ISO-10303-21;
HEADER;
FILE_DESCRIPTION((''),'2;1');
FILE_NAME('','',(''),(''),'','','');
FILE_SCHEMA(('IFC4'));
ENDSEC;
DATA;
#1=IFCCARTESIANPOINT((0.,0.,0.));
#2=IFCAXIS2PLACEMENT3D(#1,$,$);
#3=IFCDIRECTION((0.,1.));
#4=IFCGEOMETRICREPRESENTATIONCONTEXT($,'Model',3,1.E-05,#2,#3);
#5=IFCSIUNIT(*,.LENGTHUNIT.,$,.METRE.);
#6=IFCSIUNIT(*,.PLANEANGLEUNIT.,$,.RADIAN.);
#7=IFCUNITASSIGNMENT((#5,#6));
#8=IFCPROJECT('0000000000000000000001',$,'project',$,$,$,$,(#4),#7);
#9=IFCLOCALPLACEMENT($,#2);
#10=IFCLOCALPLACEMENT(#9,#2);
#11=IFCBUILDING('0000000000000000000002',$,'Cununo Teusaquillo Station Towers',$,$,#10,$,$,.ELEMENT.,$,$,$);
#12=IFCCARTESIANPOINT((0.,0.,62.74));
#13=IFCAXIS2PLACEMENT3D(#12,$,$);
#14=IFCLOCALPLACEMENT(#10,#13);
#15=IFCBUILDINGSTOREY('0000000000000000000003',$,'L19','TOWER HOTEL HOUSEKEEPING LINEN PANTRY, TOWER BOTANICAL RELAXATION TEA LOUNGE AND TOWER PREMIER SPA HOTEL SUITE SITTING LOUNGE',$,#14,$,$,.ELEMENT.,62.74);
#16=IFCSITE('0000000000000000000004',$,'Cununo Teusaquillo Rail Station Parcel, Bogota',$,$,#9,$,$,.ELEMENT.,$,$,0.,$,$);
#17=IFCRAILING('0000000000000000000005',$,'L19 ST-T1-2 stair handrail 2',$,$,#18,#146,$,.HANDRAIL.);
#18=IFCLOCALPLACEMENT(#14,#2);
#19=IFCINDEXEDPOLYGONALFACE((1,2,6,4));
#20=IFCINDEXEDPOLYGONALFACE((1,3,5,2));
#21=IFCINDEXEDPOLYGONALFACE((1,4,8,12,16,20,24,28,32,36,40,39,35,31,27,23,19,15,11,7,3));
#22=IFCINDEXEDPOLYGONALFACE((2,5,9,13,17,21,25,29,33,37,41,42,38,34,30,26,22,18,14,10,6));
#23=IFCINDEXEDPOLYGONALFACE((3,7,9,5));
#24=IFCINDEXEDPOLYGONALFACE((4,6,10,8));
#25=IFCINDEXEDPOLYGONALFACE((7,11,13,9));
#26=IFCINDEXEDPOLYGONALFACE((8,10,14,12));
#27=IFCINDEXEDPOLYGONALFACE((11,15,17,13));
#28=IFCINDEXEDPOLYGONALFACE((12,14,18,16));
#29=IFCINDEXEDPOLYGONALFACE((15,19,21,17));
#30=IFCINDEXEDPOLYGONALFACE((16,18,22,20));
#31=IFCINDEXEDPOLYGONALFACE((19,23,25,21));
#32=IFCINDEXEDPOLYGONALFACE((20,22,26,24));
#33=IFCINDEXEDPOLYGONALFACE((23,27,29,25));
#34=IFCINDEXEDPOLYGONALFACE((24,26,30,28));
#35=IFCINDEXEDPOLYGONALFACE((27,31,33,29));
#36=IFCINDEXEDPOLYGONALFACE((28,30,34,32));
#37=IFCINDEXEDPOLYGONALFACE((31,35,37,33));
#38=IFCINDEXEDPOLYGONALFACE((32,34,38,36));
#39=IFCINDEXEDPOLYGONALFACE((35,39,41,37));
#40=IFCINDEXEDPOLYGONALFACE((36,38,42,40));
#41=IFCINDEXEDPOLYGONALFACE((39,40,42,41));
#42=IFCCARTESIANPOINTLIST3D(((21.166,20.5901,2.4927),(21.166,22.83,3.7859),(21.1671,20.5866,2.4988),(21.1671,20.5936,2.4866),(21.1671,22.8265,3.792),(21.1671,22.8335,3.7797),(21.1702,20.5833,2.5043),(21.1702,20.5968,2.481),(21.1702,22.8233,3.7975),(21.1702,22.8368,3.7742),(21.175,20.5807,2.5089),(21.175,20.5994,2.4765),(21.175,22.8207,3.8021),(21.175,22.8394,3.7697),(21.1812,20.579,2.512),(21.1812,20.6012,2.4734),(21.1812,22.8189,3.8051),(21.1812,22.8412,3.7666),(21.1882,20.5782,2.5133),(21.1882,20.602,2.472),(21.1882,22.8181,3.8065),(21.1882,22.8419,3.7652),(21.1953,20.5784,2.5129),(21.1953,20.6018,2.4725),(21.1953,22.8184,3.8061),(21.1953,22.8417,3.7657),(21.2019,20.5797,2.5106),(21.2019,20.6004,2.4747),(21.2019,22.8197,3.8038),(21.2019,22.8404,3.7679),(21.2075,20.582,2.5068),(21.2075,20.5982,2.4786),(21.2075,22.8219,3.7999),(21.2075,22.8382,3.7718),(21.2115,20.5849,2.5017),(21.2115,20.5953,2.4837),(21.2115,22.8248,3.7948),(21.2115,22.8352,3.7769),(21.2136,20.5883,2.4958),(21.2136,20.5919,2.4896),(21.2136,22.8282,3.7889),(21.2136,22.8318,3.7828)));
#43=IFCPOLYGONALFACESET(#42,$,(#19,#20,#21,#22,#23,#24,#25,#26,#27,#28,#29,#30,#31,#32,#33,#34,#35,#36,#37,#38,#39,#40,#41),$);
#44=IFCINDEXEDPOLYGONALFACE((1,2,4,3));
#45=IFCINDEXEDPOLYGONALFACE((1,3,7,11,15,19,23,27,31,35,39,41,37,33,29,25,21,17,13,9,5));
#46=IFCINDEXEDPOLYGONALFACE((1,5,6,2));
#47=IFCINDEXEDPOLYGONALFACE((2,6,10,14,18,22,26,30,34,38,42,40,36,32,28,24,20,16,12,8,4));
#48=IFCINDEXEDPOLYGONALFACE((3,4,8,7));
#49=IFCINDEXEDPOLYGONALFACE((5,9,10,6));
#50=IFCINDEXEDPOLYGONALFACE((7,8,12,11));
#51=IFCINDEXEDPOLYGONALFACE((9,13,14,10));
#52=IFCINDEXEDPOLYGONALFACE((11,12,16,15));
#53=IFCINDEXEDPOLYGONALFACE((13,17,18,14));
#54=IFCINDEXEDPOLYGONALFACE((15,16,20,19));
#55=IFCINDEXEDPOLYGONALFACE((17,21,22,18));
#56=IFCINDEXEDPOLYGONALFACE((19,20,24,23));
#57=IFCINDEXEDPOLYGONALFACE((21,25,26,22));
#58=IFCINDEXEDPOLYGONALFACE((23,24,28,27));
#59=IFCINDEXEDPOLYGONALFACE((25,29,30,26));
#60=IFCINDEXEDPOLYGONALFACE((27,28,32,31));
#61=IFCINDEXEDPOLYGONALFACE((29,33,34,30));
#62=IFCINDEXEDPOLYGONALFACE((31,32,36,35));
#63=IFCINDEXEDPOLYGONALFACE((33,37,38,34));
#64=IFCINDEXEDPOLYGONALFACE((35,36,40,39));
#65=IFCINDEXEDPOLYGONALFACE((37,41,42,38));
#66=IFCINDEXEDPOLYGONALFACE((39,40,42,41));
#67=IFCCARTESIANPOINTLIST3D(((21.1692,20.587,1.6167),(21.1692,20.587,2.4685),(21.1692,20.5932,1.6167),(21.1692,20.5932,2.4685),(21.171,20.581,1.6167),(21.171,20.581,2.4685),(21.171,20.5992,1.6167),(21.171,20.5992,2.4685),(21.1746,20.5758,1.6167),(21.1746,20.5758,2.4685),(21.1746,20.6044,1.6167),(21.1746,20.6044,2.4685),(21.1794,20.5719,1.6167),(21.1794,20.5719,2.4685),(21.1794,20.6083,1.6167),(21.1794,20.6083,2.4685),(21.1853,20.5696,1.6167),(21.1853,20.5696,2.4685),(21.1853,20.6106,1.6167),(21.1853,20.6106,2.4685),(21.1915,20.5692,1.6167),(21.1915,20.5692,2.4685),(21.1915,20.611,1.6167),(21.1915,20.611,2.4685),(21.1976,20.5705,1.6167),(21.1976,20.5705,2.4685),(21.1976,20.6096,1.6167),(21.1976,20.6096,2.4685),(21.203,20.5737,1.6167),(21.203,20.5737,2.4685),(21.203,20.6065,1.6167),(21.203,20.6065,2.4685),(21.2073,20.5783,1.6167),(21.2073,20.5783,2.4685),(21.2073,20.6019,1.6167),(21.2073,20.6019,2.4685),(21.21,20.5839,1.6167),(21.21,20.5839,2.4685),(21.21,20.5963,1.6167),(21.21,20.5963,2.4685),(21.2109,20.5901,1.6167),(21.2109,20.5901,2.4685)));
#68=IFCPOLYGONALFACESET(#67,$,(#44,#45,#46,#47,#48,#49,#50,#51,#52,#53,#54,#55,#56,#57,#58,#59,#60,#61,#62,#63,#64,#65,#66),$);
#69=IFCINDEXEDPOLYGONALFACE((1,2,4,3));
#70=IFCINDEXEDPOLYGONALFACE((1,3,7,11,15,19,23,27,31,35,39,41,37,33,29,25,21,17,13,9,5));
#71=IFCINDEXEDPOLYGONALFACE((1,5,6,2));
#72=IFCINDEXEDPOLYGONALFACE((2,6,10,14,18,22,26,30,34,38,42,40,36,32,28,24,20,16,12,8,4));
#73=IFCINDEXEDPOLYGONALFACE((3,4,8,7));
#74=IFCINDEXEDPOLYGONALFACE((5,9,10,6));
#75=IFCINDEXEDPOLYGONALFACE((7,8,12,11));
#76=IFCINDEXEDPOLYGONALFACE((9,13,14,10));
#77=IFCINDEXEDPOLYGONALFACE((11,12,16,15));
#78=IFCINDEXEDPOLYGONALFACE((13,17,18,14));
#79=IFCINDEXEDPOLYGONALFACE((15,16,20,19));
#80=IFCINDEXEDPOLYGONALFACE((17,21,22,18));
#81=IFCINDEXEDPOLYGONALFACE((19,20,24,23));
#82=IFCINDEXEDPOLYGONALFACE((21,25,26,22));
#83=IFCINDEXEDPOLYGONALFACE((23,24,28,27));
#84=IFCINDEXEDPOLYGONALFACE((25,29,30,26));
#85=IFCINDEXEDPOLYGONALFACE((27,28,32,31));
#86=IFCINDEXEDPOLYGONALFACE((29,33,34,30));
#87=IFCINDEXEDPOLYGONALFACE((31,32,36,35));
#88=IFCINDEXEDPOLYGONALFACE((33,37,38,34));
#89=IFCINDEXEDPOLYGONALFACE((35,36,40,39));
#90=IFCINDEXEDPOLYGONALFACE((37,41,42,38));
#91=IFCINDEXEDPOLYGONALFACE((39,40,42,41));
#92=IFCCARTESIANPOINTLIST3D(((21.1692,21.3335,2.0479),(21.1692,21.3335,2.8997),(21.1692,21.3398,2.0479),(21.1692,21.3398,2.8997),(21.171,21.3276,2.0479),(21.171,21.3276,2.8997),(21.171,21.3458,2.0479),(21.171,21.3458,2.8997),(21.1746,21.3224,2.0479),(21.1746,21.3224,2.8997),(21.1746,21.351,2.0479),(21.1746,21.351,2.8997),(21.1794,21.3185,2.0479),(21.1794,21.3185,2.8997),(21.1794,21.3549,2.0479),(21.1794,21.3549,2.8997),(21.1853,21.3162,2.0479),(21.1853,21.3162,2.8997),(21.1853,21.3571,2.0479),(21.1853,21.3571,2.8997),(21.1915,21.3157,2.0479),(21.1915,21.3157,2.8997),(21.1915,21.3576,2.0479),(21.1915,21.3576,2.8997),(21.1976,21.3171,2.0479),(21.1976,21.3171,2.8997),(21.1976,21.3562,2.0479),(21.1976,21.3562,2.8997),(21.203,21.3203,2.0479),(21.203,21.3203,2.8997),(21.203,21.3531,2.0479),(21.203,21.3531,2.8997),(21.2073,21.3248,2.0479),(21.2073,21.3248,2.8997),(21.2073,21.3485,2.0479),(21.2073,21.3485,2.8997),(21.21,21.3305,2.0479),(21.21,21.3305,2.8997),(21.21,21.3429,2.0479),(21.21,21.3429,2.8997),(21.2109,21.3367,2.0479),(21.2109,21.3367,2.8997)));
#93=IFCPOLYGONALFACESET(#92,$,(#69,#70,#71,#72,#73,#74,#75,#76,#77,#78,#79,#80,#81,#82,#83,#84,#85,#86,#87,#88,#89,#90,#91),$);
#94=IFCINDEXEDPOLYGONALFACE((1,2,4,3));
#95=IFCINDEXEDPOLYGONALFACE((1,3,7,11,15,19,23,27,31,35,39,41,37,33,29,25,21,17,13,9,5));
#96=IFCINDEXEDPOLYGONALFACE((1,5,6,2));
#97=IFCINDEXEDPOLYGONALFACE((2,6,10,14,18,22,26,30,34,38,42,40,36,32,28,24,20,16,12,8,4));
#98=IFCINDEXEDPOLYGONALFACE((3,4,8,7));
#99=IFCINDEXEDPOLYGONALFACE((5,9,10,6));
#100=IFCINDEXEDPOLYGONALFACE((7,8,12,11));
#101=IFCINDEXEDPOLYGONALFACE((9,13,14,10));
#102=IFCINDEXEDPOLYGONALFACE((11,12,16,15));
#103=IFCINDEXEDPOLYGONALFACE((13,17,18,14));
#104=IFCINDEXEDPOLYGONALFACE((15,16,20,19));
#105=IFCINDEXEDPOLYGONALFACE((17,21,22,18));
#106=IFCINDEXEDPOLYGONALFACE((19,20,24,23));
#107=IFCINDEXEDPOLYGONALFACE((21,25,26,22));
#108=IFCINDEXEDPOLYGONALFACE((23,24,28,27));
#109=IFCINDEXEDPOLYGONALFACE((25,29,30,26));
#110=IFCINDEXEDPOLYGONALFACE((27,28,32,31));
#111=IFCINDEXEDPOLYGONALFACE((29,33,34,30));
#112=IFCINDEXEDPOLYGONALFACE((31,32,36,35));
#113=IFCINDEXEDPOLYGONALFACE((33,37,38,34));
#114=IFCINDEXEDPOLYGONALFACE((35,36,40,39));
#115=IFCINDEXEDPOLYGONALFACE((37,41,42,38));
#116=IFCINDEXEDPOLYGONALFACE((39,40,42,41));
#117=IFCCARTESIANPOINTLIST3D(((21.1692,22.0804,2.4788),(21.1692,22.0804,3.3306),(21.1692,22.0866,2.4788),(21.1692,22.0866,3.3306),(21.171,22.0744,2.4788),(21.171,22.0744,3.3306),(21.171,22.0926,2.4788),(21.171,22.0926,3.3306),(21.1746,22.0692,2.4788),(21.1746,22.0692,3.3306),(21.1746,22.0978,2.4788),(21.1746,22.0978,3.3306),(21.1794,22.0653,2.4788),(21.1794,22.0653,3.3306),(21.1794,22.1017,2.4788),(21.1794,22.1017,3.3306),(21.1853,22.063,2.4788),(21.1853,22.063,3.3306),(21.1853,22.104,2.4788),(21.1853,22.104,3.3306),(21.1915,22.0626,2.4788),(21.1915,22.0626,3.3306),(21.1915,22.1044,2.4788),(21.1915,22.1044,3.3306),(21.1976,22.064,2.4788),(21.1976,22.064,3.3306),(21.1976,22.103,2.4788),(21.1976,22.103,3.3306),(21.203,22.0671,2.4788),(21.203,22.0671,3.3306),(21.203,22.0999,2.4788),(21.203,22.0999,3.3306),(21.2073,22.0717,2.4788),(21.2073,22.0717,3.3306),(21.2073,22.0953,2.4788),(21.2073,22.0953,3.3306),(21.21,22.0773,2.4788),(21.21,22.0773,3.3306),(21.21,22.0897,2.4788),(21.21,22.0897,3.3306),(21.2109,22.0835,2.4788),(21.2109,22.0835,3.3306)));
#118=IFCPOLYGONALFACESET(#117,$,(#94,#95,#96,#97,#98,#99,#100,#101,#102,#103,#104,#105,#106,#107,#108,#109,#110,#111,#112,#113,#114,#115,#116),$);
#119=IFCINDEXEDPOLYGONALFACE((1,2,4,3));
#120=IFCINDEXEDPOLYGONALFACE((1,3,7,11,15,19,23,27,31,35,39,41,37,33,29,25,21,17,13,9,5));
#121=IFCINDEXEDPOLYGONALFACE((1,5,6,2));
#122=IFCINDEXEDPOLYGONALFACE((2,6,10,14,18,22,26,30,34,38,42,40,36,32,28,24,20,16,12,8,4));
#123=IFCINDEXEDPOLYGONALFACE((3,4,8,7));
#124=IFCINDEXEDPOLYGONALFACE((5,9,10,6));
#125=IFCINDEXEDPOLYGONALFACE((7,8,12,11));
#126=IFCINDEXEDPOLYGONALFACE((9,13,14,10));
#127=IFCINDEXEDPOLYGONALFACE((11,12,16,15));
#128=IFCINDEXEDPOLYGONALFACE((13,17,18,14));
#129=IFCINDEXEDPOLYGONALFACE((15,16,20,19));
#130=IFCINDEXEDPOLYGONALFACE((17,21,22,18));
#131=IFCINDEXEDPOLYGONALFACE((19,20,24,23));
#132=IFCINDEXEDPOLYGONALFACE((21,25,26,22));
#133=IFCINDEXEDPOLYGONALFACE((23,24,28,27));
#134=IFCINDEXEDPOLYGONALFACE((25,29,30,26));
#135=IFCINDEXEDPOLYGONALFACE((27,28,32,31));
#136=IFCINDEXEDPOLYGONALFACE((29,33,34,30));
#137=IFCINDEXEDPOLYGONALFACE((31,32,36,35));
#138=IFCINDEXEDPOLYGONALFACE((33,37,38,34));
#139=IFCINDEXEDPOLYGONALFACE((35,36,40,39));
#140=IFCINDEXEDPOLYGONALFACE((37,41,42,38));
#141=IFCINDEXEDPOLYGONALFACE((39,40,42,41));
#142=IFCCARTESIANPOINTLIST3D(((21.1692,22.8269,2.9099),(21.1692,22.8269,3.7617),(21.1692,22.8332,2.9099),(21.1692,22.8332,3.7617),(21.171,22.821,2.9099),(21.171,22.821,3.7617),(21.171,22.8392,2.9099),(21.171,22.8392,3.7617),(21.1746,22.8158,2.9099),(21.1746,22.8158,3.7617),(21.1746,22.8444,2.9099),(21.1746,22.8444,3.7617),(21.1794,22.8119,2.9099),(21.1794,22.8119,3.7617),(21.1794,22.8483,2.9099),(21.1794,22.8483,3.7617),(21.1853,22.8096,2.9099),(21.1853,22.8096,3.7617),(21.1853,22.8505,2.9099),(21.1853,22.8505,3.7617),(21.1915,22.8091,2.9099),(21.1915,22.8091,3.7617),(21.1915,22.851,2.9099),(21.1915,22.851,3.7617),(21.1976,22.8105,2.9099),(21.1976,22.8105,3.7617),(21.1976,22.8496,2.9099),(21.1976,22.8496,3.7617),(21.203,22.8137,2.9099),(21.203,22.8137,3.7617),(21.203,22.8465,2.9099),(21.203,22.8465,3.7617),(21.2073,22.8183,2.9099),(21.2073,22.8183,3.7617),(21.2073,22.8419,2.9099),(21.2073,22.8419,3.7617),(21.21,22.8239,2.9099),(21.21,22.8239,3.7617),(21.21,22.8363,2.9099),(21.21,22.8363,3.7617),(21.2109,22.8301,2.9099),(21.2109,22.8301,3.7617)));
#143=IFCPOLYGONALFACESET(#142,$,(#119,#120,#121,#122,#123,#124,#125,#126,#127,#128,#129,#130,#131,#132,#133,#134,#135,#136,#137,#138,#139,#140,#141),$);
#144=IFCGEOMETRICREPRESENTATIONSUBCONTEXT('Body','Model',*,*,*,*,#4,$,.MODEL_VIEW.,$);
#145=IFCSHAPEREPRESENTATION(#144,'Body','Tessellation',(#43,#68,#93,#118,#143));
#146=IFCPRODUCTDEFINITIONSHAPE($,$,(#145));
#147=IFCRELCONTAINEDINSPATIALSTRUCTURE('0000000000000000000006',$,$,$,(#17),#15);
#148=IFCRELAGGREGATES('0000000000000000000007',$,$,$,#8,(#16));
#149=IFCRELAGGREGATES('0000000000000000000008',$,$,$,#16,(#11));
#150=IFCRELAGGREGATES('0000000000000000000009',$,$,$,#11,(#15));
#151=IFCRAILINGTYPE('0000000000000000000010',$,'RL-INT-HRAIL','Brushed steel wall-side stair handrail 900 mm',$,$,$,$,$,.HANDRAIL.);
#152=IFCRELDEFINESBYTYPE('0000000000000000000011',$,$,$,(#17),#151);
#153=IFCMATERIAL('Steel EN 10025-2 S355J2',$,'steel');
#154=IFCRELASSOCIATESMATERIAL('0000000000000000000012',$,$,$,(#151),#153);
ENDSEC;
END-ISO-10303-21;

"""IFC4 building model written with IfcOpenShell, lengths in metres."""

from ifc_helpers import new_model, si_unit, direction, frame, origin, origin_2d, place, context, subcontext, project, spatial, circle, extrude, material, type_object, element, save


model = new_model("IFC4")

# Units and contexts
model_context = context("Model", 3, precision=1e-05, world=origin(), true_north=direction((0.0, 1.0)))
body_context = subcontext(model_context, "Body", "Model", "MODEL_VIEW")
ifc_project = project(units=[si_unit("LENGTHUNIT", "METRE"), si_unit("PLANEANGLEUNIT", "RADIAN")], contexts=[model_context])

# Site, building, storey
site_placement = place(None, origin())
site = spatial("IfcSite", under=ifc_project, at=site_placement, Name="Cununo Teusaquillo Rail Station Parcel, Bogota", CompositionType="ELEMENT", RefElevation=0.0)
building_placement = place(site_placement, origin())
building = spatial("IfcBuilding", under=site, at=building_placement, Name="Cununo Teusaquillo Station Towers", CompositionType="ELEMENT")
storey_placement = place(building_placement, frame((0.0, 0.0, 62.74)))
storey = spatial("IfcBuildingStorey", under=building, at=storey_placement, Name="L19", Description="TOWER HOTEL HOUSEKEEPING LINEN PANTRY, TOWER BOTANICAL RELAXATION TEA LOUNGE AND TOWER PREMIER SPA HOTEL SUITE SITTING LOUNGE", CompositionType="ELEMENT", Elevation=62.74)

# Railing
ifc_material_1 = material(Name="Steel EN 10025-2 S355J2", Category="steel")
railing_type_1 = type_object("IfcRailingType", Name="RL-INT-HRAIL", Description="Brushed steel wall-side stair handrail 900 mm", PredefinedType="HANDRAIL", material=ifc_material_1)
railing_1_placement = place(storey_placement, frame((21.1899, 20.5901, 1.6167)))
element("IfcRailing", 1, at=railing_1_placement, inside=storey, type_object=railing_type_1, Name="L19 ST-T1-2 stair handrail 2", PredefinedType="HANDRAIL", context=body_context, shape_type="SweptSolid", body=[
    extrude(circle(Radius=0.0239, at=origin_2d()), frame((0.0, 0.0, 0.876), z_axis=(0.0, 0.866033, 0.499987), x_axis=(-1.0, 0.0, 0.0)), (0.0, 0.0, 1.0), 2.5864),
    extrude(circle(Radius=0.021, at=origin_2d()), origin(), (0.0, 0.0, 1.0), 0.8518),
    extrude(circle(Radius=0.021, at=origin_2d()), frame((0.0, 0.7466, 0.4312)), (0.0, 0.0, 1.0), 0.8518),
    extrude(circle(Radius=0.021, at=origin_2d()), frame((0.0, 1.4934, 0.8621)), (0.0, 0.0, 1.0), 0.8518),
    extrude(circle(Radius=0.021, at=origin_2d()), frame((0.0, 2.24, 1.2932)), (0.0, 0.0, 1.0), 0.8518),
])

save(model, "model.ifc")
